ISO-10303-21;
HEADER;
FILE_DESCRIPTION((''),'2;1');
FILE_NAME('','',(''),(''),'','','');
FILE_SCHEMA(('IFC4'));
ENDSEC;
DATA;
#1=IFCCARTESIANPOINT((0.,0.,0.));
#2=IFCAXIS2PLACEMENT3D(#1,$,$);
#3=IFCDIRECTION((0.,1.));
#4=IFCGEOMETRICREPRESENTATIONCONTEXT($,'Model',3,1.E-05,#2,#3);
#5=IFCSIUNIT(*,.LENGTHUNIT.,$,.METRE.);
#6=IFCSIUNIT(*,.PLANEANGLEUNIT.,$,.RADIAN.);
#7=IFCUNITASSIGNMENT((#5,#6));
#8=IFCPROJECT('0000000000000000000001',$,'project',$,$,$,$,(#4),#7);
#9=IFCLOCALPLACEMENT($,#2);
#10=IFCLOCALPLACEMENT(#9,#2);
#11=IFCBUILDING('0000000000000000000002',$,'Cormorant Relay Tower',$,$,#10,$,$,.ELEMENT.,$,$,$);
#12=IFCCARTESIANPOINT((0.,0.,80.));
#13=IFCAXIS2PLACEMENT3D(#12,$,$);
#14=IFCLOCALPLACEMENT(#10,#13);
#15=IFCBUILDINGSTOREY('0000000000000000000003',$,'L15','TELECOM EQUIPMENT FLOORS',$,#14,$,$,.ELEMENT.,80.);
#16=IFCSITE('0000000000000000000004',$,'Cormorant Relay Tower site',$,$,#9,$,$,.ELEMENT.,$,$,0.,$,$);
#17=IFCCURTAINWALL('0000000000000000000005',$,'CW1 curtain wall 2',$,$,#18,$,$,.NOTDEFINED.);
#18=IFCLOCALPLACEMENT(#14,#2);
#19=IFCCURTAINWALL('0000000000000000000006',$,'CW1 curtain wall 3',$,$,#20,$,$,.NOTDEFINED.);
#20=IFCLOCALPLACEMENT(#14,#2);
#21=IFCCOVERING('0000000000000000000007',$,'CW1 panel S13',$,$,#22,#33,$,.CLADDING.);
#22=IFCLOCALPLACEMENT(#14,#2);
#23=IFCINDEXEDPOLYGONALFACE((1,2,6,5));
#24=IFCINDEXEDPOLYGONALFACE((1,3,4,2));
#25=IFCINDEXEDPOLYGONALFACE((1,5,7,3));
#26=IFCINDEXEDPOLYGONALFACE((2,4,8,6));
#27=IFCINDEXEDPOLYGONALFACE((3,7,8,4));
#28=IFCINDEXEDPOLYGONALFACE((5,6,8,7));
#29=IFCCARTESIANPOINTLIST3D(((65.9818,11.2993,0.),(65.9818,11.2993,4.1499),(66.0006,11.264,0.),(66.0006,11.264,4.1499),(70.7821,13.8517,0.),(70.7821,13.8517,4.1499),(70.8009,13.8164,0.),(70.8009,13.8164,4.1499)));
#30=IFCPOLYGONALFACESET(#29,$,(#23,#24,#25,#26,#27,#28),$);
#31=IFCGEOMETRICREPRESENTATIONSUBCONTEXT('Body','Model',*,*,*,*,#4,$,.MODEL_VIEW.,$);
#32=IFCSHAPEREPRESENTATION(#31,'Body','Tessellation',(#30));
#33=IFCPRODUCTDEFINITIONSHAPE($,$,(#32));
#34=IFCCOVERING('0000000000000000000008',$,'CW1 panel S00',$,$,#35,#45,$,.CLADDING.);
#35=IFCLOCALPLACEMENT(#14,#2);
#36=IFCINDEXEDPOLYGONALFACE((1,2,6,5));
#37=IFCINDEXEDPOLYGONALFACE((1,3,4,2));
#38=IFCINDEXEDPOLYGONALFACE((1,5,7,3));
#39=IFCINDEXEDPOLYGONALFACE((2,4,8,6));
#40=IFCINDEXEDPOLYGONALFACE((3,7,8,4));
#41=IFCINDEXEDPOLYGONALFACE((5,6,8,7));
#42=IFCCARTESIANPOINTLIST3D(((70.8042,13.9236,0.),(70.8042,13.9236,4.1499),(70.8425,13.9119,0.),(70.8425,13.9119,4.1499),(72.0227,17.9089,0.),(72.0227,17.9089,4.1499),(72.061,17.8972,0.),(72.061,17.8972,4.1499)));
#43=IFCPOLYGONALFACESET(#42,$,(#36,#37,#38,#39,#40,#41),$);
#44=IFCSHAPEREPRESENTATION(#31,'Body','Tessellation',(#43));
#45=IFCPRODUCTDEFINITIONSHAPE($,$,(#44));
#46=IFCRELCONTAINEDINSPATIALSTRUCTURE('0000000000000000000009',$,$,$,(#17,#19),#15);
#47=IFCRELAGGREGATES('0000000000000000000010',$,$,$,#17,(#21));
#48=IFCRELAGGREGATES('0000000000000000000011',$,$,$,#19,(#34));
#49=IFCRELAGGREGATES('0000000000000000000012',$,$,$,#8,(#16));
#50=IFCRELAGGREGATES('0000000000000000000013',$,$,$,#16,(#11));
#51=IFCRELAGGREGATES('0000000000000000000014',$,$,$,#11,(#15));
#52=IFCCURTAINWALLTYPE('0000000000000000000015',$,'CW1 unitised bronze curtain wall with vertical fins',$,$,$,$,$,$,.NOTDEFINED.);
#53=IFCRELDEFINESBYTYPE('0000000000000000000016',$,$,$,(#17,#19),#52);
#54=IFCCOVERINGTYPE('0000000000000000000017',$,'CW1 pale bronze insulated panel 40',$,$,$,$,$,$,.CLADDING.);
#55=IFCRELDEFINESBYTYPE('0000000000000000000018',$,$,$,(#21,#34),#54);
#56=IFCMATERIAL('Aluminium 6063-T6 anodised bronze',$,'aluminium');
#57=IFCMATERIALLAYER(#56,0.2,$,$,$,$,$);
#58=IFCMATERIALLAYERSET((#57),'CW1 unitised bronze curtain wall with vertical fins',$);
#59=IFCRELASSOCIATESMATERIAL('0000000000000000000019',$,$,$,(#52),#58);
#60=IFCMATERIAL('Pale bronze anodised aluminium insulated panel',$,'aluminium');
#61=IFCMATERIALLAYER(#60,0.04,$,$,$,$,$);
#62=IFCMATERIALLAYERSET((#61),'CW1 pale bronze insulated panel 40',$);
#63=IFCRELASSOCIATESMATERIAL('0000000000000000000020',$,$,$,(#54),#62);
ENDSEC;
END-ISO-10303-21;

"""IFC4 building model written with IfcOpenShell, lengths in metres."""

from ifc_helpers import new_model, si_unit, direction, frame, origin, origin_2d, place, context, subcontext, project, spatial, rectangle, extrude, material, layer, layer_set, type_object, element, aggregate, save


model = new_model("IFC4")

# Units and contexts
model_context = context("Model", 3, precision=1e-05, world=origin(), true_north=direction((0.0, 1.0)))
body_context = subcontext(model_context, "Body", "Model", "MODEL_VIEW")
ifc_project = project(units=[si_unit("LENGTHUNIT", "METRE"), si_unit("PLANEANGLEUNIT", "RADIAN")], contexts=[model_context])

# Site, building, storey
site_placement = place(None, origin())
site = spatial("IfcSite", under=ifc_project, at=site_placement, Name="Cormorant Relay Tower site", CompositionType="ELEMENT", RefElevation=0.0)
building_placement = place(site_placement, origin())
building = spatial("IfcBuilding", under=site, at=building_placement, Name="Cormorant Relay Tower", CompositionType="ELEMENT")
storey_placement = place(building_placement, frame((0.0, 0.0, 80.0)))
storey = spatial("IfcBuildingStorey", under=building, at=storey_placement, Name="L15", Description="TELECOM EQUIPMENT FLOORS", CompositionType="ELEMENT", Elevation=80.0)

# Curtain walls
ifc_material_1 = material(Name="Aluminium 6063-T6 anodised bronze", Category="aluminium")
ifc_layer_1 = layer(ifc_material_1, 0.2)
ifc_layer_set_1 = layer_set([ifc_layer_1], Name="CW1 unitised bronze curtain wall with vertical fins")
curtain_wall_type = type_object("IfcCurtainWallType", Name="CW1 unitised bronze curtain wall with vertical fins", PredefinedType="NOTDEFINED", material=ifc_layer_set_1)
curtain_wall_1_placement = place(storey_placement, origin())
curtain_wall_1 = element("IfcCurtainWall", 1, at=curtain_wall_1_placement, inside=storey, type_object=curtain_wall_type, Name="CW1 curtain wall 2", PredefinedType="NOTDEFINED")
curtain_wall_2_placement = place(storey_placement, origin())
curtain_wall_2 = element("IfcCurtainWall", 2, at=curtain_wall_2_placement, inside=storey, type_object=curtain_wall_type, Name="CW1 curtain wall 3", PredefinedType="NOTDEFINED")

# Coverings
ifc_material_2 = material(Name="Pale bronze anodised aluminium insulated panel", Category="aluminium")
ifc_layer_2 = layer(ifc_material_2, 0.04)
ifc_layer_set_2 = layer_set([ifc_layer_2], Name="CW1 pale bronze insulated panel 40")
covering_type = type_object("IfcCoveringType", Name="CW1 pale bronze insulated panel 40", PredefinedType="CLADDING", material=ifc_layer_set_2)
covering_1_placement = place(storey_placement, frame((68.3914, 12.5579, 0.0), z_axis=(0.0, 0.0, 1.0), x_axis=(0.882948, 0.469472, 0.0)))
covering_1 = element("IfcCovering", 3, at=covering_1_placement, type_object=covering_type, Name="CW1 panel S13", PredefinedType="CLADDING", context=body_context, shape_type="SweptSolid", body=[
    extrude(rectangle(XDim=5.4368, YDim=0.04, at=origin_2d()), origin(), (0.0, 0.0, 1.0), 4.1499),
])
aggregate(curtain_wall_1, [covering_1])
covering_2_placement = place(storey_placement, frame((71.4326, 15.9104, 0.0), z_axis=(0.0, 0.0, 1.0), x_axis=(0.292372, 0.956305, 0.0)))
covering_2 = element("IfcCovering", 4, at=covering_2_placement, type_object=covering_type, Name="CW1 panel S00", PredefinedType="CLADDING", context=body_context, shape_type="SweptSolid", body=[
    extrude(rectangle(XDim=4.1675, YDim=0.04, at=origin_2d()), origin(), (0.0, 0.0, 1.0), 4.1499),
])
aggregate(curtain_wall_2, [covering_2])

save(model, "model.ifc")
